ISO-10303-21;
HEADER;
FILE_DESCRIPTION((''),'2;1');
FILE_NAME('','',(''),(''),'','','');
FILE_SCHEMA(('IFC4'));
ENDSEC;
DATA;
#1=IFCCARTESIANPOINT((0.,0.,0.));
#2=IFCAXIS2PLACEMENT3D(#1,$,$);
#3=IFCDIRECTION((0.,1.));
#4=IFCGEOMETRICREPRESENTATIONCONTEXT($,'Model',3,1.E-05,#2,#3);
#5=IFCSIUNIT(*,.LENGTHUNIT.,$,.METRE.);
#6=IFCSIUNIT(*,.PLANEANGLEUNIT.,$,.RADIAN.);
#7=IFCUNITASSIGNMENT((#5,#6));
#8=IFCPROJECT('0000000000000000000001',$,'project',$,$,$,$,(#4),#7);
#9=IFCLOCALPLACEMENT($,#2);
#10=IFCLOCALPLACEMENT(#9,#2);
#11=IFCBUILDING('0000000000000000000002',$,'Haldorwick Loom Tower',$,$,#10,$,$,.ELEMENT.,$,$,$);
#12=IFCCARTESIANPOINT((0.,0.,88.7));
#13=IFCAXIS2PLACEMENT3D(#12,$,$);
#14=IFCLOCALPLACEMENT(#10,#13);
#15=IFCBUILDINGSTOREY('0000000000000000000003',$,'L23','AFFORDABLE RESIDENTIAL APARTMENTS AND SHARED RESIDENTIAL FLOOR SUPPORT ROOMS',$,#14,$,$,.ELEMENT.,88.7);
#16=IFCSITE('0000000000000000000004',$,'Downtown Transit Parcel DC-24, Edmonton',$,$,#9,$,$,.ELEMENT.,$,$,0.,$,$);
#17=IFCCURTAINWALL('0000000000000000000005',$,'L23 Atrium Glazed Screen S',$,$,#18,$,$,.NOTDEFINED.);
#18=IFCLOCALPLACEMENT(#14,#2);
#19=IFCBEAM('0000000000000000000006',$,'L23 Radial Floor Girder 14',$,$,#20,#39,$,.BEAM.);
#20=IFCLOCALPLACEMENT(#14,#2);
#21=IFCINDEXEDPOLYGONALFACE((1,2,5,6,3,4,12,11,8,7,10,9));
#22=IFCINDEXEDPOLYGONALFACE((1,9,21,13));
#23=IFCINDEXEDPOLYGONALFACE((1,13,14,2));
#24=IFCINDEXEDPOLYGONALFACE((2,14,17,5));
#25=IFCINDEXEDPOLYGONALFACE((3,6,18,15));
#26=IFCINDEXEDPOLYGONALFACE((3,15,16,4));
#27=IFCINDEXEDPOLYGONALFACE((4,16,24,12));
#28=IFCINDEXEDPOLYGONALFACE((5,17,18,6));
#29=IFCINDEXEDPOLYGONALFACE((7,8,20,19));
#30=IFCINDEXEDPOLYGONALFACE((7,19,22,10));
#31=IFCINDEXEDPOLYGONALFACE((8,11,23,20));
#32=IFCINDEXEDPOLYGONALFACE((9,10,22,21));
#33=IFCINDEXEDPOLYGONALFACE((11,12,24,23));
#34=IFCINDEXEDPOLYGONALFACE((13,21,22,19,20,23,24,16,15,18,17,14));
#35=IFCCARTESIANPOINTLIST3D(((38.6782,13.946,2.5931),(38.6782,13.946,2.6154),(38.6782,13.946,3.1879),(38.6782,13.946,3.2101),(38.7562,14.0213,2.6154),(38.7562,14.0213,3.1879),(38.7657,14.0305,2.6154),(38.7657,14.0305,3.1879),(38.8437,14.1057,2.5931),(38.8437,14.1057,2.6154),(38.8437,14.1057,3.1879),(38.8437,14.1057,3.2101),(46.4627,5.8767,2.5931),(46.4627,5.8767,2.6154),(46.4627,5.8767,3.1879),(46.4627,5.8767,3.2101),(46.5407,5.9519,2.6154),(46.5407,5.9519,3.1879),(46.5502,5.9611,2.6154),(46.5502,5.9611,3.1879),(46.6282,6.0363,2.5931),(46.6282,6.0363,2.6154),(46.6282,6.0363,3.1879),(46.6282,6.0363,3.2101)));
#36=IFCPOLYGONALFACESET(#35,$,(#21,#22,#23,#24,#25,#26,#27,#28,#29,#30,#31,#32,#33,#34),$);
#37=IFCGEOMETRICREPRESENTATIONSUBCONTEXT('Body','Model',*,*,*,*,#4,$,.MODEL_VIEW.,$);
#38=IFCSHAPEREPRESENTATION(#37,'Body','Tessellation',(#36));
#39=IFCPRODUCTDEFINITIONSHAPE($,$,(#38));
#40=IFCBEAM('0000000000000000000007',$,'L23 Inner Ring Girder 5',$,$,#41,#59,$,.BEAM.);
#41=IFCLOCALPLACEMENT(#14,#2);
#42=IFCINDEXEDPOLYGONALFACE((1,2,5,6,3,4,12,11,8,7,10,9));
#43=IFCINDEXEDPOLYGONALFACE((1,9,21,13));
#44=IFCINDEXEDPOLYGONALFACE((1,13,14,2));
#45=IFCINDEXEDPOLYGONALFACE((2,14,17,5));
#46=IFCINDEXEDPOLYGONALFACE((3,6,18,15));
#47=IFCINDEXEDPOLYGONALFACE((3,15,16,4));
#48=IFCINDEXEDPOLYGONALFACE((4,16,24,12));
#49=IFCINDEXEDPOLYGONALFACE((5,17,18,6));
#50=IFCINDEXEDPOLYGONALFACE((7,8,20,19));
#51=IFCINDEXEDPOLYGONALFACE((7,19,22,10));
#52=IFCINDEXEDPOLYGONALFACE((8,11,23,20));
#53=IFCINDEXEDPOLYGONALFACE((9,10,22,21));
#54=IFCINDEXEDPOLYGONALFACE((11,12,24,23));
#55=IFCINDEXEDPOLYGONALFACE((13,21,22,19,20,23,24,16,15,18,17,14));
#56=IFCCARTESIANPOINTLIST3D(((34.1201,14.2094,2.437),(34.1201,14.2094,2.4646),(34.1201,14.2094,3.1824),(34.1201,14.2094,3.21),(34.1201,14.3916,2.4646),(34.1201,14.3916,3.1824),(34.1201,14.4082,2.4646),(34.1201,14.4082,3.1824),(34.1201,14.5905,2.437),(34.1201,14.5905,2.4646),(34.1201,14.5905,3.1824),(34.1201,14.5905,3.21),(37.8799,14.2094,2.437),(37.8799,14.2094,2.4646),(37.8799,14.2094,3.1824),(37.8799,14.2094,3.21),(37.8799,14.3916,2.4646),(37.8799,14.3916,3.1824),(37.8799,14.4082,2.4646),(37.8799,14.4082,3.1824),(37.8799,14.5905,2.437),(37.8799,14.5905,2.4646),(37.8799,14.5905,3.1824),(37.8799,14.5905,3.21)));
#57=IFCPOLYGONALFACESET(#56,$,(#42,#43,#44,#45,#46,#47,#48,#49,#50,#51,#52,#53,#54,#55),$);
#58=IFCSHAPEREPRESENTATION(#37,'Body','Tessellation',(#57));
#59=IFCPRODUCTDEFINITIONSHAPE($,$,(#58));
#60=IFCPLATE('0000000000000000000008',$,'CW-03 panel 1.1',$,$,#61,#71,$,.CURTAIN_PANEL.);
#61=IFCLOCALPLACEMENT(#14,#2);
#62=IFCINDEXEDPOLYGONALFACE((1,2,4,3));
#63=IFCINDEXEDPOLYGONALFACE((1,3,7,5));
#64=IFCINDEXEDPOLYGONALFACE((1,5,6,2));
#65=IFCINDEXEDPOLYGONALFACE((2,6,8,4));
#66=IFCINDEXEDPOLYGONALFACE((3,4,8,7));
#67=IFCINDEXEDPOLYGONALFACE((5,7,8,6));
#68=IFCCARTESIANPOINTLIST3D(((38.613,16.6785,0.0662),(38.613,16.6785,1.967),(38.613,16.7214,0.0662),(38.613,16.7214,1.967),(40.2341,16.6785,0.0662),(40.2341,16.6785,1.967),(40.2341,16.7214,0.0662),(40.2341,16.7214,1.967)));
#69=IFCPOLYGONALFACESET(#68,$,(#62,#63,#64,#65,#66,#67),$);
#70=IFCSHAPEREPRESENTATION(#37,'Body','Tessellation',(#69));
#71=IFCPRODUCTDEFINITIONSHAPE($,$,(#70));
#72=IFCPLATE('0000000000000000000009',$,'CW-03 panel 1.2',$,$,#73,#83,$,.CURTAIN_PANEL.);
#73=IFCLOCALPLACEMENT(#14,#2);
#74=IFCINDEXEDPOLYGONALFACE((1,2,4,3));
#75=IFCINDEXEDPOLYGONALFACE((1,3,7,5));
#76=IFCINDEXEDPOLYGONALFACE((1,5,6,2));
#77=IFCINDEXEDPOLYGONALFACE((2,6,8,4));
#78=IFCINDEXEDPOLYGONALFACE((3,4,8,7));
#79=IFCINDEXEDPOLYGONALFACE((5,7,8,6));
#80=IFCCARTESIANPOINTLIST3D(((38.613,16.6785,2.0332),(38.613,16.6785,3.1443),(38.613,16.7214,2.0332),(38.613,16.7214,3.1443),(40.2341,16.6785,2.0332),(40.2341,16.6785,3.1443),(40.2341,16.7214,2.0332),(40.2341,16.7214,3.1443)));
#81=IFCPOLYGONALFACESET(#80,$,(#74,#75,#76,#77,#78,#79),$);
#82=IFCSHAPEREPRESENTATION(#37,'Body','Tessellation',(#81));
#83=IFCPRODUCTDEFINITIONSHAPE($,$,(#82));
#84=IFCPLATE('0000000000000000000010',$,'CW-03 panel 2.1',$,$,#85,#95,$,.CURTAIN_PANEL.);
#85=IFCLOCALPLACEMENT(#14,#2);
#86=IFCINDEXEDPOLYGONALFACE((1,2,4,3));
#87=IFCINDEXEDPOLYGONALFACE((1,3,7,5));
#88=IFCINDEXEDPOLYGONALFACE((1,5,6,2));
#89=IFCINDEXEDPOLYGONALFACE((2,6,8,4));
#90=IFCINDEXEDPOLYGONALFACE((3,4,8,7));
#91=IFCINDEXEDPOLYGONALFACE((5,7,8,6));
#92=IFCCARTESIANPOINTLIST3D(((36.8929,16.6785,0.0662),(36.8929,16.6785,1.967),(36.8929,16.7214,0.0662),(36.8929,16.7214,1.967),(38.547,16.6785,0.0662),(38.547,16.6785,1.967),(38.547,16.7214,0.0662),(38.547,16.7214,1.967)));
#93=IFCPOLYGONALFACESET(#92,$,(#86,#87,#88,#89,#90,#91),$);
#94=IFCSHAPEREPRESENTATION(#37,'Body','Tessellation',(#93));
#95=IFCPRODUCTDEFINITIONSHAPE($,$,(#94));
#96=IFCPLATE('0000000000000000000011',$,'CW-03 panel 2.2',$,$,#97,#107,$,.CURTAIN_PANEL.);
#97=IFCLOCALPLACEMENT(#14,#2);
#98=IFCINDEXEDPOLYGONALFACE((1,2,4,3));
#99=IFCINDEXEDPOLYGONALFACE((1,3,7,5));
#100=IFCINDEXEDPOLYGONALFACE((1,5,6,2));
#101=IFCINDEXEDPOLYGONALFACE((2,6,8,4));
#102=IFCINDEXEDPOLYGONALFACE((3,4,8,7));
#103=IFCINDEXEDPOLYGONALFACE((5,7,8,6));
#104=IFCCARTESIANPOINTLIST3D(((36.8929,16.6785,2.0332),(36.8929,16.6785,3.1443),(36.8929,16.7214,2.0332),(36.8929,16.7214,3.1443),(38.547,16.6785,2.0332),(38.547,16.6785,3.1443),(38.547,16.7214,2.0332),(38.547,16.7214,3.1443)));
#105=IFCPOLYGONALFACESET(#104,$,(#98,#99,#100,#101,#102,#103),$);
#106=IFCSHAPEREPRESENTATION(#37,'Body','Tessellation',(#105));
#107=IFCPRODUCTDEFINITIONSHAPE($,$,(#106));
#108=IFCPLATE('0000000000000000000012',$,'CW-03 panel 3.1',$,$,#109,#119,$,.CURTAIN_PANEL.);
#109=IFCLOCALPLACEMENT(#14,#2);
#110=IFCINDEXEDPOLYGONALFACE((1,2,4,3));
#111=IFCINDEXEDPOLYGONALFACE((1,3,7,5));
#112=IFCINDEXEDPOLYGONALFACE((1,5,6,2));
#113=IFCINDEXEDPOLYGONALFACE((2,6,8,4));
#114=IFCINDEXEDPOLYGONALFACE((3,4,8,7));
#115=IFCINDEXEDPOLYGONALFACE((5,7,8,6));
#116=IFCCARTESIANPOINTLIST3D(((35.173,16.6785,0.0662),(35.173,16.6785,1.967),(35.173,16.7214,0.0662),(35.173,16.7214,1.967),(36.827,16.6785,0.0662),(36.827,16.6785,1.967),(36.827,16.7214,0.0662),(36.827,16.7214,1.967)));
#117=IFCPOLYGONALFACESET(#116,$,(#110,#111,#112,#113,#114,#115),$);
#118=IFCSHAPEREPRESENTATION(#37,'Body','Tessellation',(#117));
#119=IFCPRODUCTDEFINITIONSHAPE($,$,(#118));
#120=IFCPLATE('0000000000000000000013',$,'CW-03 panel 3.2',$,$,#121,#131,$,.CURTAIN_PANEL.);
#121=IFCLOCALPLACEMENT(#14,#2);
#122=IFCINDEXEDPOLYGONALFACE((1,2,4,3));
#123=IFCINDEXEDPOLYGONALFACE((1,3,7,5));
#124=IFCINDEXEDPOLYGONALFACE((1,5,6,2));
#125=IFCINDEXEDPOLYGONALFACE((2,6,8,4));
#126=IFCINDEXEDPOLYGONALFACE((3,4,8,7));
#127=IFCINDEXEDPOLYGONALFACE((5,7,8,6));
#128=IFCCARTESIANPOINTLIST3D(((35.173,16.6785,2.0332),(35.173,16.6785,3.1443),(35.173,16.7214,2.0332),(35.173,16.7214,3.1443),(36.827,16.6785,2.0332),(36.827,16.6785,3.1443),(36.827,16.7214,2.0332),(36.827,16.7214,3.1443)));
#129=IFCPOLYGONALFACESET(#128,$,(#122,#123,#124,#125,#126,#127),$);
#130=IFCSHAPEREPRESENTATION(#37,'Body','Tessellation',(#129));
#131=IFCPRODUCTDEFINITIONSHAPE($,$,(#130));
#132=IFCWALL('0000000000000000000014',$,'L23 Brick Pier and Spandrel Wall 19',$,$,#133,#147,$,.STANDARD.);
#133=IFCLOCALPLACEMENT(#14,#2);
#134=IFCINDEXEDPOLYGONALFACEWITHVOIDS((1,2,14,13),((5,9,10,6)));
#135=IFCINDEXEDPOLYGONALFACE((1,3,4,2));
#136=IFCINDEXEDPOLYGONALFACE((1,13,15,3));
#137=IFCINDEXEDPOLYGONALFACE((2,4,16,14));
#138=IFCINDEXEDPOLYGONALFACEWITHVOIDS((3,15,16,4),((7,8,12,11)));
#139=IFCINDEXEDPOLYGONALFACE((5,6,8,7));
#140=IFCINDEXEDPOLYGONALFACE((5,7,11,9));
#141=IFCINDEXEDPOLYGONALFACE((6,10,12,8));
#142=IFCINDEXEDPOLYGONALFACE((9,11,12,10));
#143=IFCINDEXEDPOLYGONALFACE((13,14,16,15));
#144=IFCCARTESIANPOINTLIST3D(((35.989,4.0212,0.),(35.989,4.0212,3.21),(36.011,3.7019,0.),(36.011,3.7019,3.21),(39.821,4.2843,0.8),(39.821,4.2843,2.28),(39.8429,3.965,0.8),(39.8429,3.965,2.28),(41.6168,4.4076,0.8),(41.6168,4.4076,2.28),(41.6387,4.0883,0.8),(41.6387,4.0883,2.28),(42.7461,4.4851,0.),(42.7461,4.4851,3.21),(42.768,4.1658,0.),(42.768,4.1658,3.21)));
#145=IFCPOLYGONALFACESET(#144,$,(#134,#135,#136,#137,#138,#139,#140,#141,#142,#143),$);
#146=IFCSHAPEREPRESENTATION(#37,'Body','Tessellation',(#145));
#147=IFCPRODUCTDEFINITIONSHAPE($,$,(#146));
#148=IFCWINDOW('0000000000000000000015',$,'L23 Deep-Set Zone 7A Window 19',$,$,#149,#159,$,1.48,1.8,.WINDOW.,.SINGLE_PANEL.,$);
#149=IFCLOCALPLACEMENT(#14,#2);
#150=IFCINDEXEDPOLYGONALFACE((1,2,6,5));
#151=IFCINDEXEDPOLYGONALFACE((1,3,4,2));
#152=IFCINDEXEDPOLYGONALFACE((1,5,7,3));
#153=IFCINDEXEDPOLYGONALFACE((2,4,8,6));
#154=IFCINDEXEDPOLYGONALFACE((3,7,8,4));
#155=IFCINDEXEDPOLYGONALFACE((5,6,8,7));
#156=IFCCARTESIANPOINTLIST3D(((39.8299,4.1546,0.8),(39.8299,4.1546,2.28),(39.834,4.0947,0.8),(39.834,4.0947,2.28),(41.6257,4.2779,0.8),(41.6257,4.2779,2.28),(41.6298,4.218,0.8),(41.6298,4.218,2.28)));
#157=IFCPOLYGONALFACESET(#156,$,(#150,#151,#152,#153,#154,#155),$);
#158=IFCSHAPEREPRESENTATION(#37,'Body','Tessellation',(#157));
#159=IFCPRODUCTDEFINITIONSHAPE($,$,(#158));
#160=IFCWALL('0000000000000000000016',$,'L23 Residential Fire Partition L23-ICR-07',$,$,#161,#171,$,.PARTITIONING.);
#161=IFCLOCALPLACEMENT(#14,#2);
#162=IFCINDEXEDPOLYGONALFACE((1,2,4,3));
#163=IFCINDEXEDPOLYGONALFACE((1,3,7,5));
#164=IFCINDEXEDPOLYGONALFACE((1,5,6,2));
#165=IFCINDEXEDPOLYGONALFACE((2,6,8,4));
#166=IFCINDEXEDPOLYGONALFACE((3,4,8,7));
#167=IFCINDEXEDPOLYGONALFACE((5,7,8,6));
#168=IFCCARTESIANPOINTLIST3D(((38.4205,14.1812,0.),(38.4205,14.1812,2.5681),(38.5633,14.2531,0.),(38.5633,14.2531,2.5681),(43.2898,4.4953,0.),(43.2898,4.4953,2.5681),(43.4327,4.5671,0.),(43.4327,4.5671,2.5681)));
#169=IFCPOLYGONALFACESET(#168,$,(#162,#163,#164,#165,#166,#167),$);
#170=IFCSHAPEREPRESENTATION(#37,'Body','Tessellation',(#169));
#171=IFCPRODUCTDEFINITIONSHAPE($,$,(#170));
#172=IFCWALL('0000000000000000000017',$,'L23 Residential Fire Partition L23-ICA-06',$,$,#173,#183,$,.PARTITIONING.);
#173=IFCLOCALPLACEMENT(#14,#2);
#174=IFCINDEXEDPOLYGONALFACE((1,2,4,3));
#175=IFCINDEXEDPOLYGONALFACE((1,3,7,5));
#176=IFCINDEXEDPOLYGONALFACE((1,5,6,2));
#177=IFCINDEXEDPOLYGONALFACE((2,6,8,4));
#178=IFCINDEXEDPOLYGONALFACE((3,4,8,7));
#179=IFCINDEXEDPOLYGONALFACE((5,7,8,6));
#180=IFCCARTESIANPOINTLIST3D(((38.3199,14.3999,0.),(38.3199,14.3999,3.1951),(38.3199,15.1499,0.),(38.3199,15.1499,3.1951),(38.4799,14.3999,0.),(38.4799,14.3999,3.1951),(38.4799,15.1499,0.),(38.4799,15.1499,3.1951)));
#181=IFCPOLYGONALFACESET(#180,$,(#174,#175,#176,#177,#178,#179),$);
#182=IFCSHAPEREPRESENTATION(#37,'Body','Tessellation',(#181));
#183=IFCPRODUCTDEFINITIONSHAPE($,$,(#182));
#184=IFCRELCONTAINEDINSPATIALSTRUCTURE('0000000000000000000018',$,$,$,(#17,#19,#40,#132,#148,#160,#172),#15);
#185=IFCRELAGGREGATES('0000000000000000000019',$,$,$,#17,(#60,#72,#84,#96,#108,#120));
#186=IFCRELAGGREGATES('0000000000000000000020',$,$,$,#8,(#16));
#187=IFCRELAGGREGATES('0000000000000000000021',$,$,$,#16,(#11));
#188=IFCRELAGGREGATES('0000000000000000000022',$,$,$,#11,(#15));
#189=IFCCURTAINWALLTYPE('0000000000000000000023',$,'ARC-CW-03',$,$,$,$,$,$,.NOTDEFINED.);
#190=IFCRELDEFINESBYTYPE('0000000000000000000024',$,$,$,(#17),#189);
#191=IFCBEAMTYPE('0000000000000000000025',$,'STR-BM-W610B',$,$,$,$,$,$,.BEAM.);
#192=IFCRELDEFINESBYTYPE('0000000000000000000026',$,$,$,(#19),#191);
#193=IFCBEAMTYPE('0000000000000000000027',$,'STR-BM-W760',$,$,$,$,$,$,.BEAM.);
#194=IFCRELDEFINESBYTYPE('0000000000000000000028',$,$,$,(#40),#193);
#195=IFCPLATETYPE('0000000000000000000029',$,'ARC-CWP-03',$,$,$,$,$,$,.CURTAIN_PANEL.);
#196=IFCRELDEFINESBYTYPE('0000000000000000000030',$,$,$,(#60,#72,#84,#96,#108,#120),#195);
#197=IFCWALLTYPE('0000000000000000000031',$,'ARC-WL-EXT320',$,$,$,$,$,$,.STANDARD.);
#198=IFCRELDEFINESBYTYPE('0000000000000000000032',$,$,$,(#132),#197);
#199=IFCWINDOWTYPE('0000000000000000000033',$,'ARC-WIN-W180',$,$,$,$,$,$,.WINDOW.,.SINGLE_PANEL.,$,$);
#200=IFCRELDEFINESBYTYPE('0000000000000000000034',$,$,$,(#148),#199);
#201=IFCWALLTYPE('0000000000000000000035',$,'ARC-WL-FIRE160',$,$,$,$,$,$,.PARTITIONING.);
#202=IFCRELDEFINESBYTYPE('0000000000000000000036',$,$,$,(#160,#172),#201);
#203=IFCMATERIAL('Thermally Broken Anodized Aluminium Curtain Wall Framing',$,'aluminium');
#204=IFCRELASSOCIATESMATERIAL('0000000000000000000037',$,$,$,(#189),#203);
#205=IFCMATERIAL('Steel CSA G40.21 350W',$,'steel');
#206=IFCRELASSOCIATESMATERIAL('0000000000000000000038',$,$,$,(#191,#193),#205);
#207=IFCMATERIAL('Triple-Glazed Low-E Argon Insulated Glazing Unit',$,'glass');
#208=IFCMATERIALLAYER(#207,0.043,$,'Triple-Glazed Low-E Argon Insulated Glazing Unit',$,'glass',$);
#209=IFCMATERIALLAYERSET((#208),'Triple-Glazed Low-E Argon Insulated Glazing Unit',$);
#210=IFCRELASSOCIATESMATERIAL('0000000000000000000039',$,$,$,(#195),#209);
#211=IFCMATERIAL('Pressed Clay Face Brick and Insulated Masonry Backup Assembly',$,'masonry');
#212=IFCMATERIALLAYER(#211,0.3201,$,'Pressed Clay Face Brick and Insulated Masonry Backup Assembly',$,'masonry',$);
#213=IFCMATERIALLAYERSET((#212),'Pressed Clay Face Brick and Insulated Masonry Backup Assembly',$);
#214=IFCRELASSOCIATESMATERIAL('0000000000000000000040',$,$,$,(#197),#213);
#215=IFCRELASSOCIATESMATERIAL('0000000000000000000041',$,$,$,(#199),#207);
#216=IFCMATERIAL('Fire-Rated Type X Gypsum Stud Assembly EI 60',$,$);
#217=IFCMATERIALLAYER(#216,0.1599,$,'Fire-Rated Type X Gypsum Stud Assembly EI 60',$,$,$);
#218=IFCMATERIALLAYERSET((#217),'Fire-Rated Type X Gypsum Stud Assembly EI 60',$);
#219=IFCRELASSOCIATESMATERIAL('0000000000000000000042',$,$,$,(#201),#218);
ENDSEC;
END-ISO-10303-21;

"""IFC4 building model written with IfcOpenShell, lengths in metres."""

from ifc_helpers import new_model, si_unit, direction, frame, frame_2d, origin, origin_2d, place, context, subcontext, project, spatial, rectangle, i_section, extrude, material, layer, layer_set, material_profile, profile_set, type_object, element, fill, aggregate, save


model = new_model("IFC4")

# Units and contexts
model_context = context("Model", 3, precision=1e-05, world=origin(), true_north=direction((0.0, 1.0)))
body_context = subcontext(model_context, "Body", "Model", "MODEL_VIEW")
ifc_project = project(units=[si_unit("LENGTHUNIT", "METRE"), si_unit("PLANEANGLEUNIT", "RADIAN")], contexts=[model_context])

# Site, building, storey
site_placement = place(None, origin())
site = spatial("IfcSite", under=ifc_project, at=site_placement, Name="Downtown Transit Parcel DC-24, Edmonton", CompositionType="ELEMENT", RefElevation=0.0)
building_placement = place(site_placement, origin())
building = spatial("IfcBuilding", under=site, at=building_placement, Name="Haldorwick Loom Tower", CompositionType="ELEMENT")
storey_placement = place(building_placement, frame((0.0, 0.0, 88.7)))
storey = spatial("IfcBuildingStorey", under=building, at=storey_placement, Name="L23", Description="AFFORDABLE RESIDENTIAL APARTMENTS AND SHARED RESIDENTIAL FLOOR SUPPORT ROOMS", CompositionType="ELEMENT", Elevation=88.7)

# Curtain wall
ifc_material_1 = material(Name="Thermally Broken Anodized Aluminium Curtain Wall Framing", Category="aluminium")
curtain_wall_type = type_object("IfcCurtainWallType", Name="ARC-CW-03", PredefinedType="NOTDEFINED", material=ifc_material_1)
curtain_wall_placement = place(storey_placement, origin())
curtain_wall = element("IfcCurtainWall", 1, at=curtain_wall_placement, inside=storey, type_object=curtain_wall_type, Name="L23 Atrium Glazed Screen S", PredefinedType="NOTDEFINED")

# Beams
ifc_material_2 = material(Name="Steel CSA G40.21 350W", Category="steel")
ifc_material_profile_1 = material_profile(ifc_material_2, i_section(OverallWidth=0.23, OverallDepth=0.6169, WebThickness=0.0132, FlangeThickness=0.0222, at=origin_2d()), Name="W610X140", Category="steel")
ifc_profile_set_1 = profile_set([ifc_material_profile_1], Name="Steel CSA G40.21 350W")
beam_type_1 = type_object("IfcBeamType", Name="STR-BM-W610B", PredefinedType="BEAM", material=ifc_profile_set_1)
beam_1_placement = place(storey_placement, frame((38.761, 14.0259, 2.9016), z_axis=(0.694287, -0.719698, 0.0), x_axis=(0.719698, 0.694287, 0.0)))
element("IfcBeam", 2, at=beam_1_placement, inside=storey, type_object=beam_type_1, Name="L23 Radial Floor Girder 14", PredefinedType="BEAM", context=body_context, shape_type="SweptSolid", body=[
    extrude(i_section(OverallWidth=0.23, OverallDepth=0.6169, WebThickness=0.0132, FlangeThickness=0.0222, at=origin_2d()), origin(), (0.0, 0.0, 1.0), 11.2122),
])
ifc_material_profile_2 = material_profile(ifc_material_2, i_section(OverallWidth=0.3811, OverallDepth=0.7729, WebThickness=0.0166, FlangeThickness=0.0276, at=origin_2d()), Name="W760X257", Category="steel")
ifc_profile_set_2 = profile_set([ifc_material_profile_2], Name="Steel CSA G40.21 350W")
beam_type_2 = type_object("IfcBeamType", Name="STR-BM-W760", PredefinedType="BEAM", material=ifc_profile_set_2)
beam_2_placement = place(storey_placement, frame((37.8799, 14.3999, 2.8235), z_axis=(-1.0, 0.0, 0.0), x_axis=(0.0, -1.0, 0.0)))
element("IfcBeam", 3, at=beam_2_placement, inside=storey, type_object=beam_type_2, Name="L23 Inner Ring Girder 5", PredefinedType="BEAM", context=body_context, shape_type="SweptSolid", body=[
    extrude(i_section(OverallWidth=0.3811, OverallDepth=0.7729, WebThickness=0.0166, FlangeThickness=0.0276, at=origin_2d()), origin(), (0.0, 0.0, 1.0), 3.7598),
])

# Plates
ifc_material_3 = material(Name="Triple-Glazed Low-E Argon Insulated Glazing Unit", Category="glass")
ifc_layer_1 = layer(ifc_material_3, 0.043, Name="Triple-Glazed Low-E Argon Insulated Glazing Unit", Category="glass")
ifc_layer_set_1 = layer_set([ifc_layer_1], Name="Triple-Glazed Low-E Argon Insulated Glazing Unit")
plate_type = type_object("IfcPlateType", Name="ARC-CWP-03", PredefinedType="CURTAIN_PANEL", material=ifc_layer_set_1)
plate_1_placement = place(storey_placement, frame((39.4236, 16.7, 0.0662), z_axis=(0.0, 0.0, 1.0), x_axis=(-1.0, 0.0, 0.0)))
plate_1 = element("IfcPlate", 4, at=plate_1_placement, type_object=plate_type, Name="CW-03 panel 1.1", PredefinedType="CURTAIN_PANEL", context=body_context, shape_type="SweptSolid", body=[
    extrude(rectangle(XDim=1.6211, YDim=0.043, at=origin_2d()), origin(), (0.0, 0.0, 1.0), 1.9009),
])
plate_2_placement = place(storey_placement, frame((39.4236, 16.7, 2.0332), z_axis=(0.0, 0.0, 1.0), x_axis=(-1.0, 0.0, 0.0)))
plate_2 = element("IfcPlate", 5, at=plate_2_placement, type_object=plate_type, Name="CW-03 panel 1.2", PredefinedType="CURTAIN_PANEL", context=body_context, shape_type="SweptSolid", body=[
    extrude(rectangle(XDim=1.6211, YDim=0.043, at=origin_2d()), origin(), (0.0, 0.0, 1.0), 1.1111),
])
plate_3_placement = place(storey_placement, frame((37.72, 16.7, 0.0662), z_axis=(0.0, 0.0, 1.0), x_axis=(-1.0, 0.0, 0.0)))
plate_3 = element("IfcPlate", 6, at=plate_3_placement, type_object=plate_type, Name="CW-03 panel 2.1", PredefinedType="CURTAIN_PANEL", context=body_context, shape_type="SweptSolid", body=[
    extrude(rectangle(XDim=1.6541, YDim=0.043, at=origin_2d()), origin(), (0.0, 0.0, 1.0), 1.9009),
])
plate_4_placement = place(storey_placement, frame((37.72, 16.7, 2.0332), z_axis=(0.0, 0.0, 1.0), x_axis=(-1.0, 0.0, 0.0)))
plate_4 = element("IfcPlate", 7, at=plate_4_placement, type_object=plate_type, Name="CW-03 panel 2.2", PredefinedType="CURTAIN_PANEL", context=body_context, shape_type="SweptSolid", body=[
    extrude(rectangle(XDim=1.6541, YDim=0.043, at=origin_2d()), origin(), (0.0, 0.0, 1.0), 1.1111),
])
plate_5_placement = place(storey_placement, frame((36.0, 16.7, 0.0662), z_axis=(0.0, 0.0, 1.0), x_axis=(-1.0, 0.0, 0.0)))
plate_5 = element("IfcPlate", 8, at=plate_5_placement, type_object=plate_type, Name="CW-03 panel 3.1", PredefinedType="CURTAIN_PANEL", context=body_context, shape_type="SweptSolid", body=[
    extrude(rectangle(XDim=1.6541, YDim=0.043, at=origin_2d()), origin(), (0.0, 0.0, 1.0), 1.9009),
])
plate_6_placement = place(storey_placement, frame((36.0, 16.7, 2.0332), z_axis=(0.0, 0.0, 1.0), x_axis=(-1.0, 0.0, 0.0)))
plate_6 = element("IfcPlate", 9, at=plate_6_placement, type_object=plate_type, Name="CW-03 panel 3.2", PredefinedType="CURTAIN_PANEL", context=body_context, shape_type="SweptSolid", body=[
    extrude(rectangle(XDim=1.6541, YDim=0.043, at=origin_2d()), origin(), (0.0, 0.0, 1.0), 1.1111),
])
aggregate(curtain_wall, [plate_1, plate_2, plate_3, plate_4, plate_5, plate_6])

# Wall, opening, window
ifc_material_4 = material(Name="Pressed Clay Face Brick and Insulated Masonry Backup Assembly", Category="masonry")
ifc_layer_2 = layer(ifc_material_4, 0.3201, Name="Pressed Clay Face Brick and Insulated Masonry Backup Assembly", Category="masonry")
ifc_layer_set_2 = layer_set([ifc_layer_2], Name="Pressed Clay Face Brick and Insulated Masonry Backup Assembly")
wall_type_1 = type_object("IfcWallType", Name="ARC-WL-EXT320", PredefinedType="STANDARD", material=ifc_layer_set_2)
wall_1_placement = place(storey_placement, frame((36.0, 3.8616, 0.0), z_axis=(0.0, 0.0, 1.0), x_axis=(0.997652, 0.068488, 0.0)))
wall_1 = element("IfcWall", 10, at=wall_1_placement, inside=storey, type_object=wall_type_1, Name="L23 Brick Pier and Spandrel Wall 19", PredefinedType="STANDARD", context=body_context, shape_type="SweptSolid", body=[
    extrude(rectangle(XDim=6.7729, YDim=0.3201, at=frame_2d((3.3865, 0.0))), origin(), (0.0, 0.0, 1.0), 3.21),
])
opening_1_placement = place(wall_1_placement, frame((3.8411, 0.0, 0.8)))
opening_1 = element("IfcOpeningElement", 11, at=opening_1_placement, cuts=wall_1, PredefinedType="OPENING", context=body_context, shape_type="SweptSolid", body=[
    extrude(rectangle(XDim=1.8, YDim=1.48, at=frame_2d((0.8999, 0.74))), frame((0.0, 0.1699, 0.0), z_axis=(0.0, -1.0, 0.0), x_axis=(1.0, 0.0, 0.0)), (0.0, 0.0, 1.0), 0.3401),
])
window_type = type_object("IfcWindowType", Name="ARC-WIN-W180", PartitioningType="SINGLE_PANEL", PredefinedType="WINDOW", material=ifc_material_3)
window_placement = place(opening_1_placement, origin())
window = element("IfcWindow", 12, at=window_placement, inside=storey, type_object=window_type, Name="L23 Deep-Set Zone 7A Window 19", OverallHeight=1.48, OverallWidth=1.8, PartitioningType="SINGLE_PANEL", PredefinedType="WINDOW", context=body_context, shape_type="SweptSolid", body=[
    extrude(rectangle(XDim=1.8, YDim=1.48, at=frame_2d((0.8999, 0.74))), frame((0.0, 0.03, 0.0), z_axis=(0.0, -1.0, 0.0), x_axis=(1.0, 0.0, 0.0)), (0.0, 0.0, 1.0), 0.0601),
])
fill(opening_1, window)

# Walls
ifc_material_5 = material(Name="Fire-Rated Type X Gypsum Stud Assembly EI 60")
ifc_layer_3 = layer(ifc_material_5, 0.1599, Name="Fire-Rated Type X Gypsum Stud Assembly EI 60")
ifc_layer_set_3 = layer_set([ifc_layer_3], Name="Fire-Rated Type X Gypsum Stud Assembly EI 60")
wall_type_2 = type_object("IfcWallType", Name="ARC-WL-FIRE160", PredefinedType="PARTITIONING", material=ifc_layer_set_3)
wall_2_placement = place(storey_placement, frame((38.4919, 14.217, 0.0), z_axis=(0.0, 0.0, 1.0), x_axis=(0.449158, -0.893452, 0.0)))
element("IfcWall", 13, at=wall_2_placement, inside=storey, type_object=wall_type_2, Name="L23 Residential Fire Partition L23-ICR-07", PredefinedType="PARTITIONING", context=body_context, shape_type="SweptSolid", body=[
    extrude(rectangle(XDim=10.8411, YDim=0.1599, at=frame_2d((5.4204, 0.0))), origin(), (0.0, 0.0, 1.0), 2.5681),
])
wall_3_placement = place(storey_placement, frame((38.3999, 15.1499, 0.0), z_axis=(0.0, 0.0, 1.0), x_axis=(0.0, -1.0, 0.0)))
element("IfcWall", 14, at=wall_3_placement, inside=storey, type_object=wall_type_2, Name="L23 Residential Fire Partition L23-ICA-06", PredefinedType="PARTITIONING", context=body_context, shape_type="SweptSolid", body=[
    extrude(rectangle(XDim=0.75, YDim=0.1599, at=frame_2d((0.375, 0.0))), origin(), (0.0, 0.0, 1.0), 3.1951),
])

save(model, "model.ifc")
